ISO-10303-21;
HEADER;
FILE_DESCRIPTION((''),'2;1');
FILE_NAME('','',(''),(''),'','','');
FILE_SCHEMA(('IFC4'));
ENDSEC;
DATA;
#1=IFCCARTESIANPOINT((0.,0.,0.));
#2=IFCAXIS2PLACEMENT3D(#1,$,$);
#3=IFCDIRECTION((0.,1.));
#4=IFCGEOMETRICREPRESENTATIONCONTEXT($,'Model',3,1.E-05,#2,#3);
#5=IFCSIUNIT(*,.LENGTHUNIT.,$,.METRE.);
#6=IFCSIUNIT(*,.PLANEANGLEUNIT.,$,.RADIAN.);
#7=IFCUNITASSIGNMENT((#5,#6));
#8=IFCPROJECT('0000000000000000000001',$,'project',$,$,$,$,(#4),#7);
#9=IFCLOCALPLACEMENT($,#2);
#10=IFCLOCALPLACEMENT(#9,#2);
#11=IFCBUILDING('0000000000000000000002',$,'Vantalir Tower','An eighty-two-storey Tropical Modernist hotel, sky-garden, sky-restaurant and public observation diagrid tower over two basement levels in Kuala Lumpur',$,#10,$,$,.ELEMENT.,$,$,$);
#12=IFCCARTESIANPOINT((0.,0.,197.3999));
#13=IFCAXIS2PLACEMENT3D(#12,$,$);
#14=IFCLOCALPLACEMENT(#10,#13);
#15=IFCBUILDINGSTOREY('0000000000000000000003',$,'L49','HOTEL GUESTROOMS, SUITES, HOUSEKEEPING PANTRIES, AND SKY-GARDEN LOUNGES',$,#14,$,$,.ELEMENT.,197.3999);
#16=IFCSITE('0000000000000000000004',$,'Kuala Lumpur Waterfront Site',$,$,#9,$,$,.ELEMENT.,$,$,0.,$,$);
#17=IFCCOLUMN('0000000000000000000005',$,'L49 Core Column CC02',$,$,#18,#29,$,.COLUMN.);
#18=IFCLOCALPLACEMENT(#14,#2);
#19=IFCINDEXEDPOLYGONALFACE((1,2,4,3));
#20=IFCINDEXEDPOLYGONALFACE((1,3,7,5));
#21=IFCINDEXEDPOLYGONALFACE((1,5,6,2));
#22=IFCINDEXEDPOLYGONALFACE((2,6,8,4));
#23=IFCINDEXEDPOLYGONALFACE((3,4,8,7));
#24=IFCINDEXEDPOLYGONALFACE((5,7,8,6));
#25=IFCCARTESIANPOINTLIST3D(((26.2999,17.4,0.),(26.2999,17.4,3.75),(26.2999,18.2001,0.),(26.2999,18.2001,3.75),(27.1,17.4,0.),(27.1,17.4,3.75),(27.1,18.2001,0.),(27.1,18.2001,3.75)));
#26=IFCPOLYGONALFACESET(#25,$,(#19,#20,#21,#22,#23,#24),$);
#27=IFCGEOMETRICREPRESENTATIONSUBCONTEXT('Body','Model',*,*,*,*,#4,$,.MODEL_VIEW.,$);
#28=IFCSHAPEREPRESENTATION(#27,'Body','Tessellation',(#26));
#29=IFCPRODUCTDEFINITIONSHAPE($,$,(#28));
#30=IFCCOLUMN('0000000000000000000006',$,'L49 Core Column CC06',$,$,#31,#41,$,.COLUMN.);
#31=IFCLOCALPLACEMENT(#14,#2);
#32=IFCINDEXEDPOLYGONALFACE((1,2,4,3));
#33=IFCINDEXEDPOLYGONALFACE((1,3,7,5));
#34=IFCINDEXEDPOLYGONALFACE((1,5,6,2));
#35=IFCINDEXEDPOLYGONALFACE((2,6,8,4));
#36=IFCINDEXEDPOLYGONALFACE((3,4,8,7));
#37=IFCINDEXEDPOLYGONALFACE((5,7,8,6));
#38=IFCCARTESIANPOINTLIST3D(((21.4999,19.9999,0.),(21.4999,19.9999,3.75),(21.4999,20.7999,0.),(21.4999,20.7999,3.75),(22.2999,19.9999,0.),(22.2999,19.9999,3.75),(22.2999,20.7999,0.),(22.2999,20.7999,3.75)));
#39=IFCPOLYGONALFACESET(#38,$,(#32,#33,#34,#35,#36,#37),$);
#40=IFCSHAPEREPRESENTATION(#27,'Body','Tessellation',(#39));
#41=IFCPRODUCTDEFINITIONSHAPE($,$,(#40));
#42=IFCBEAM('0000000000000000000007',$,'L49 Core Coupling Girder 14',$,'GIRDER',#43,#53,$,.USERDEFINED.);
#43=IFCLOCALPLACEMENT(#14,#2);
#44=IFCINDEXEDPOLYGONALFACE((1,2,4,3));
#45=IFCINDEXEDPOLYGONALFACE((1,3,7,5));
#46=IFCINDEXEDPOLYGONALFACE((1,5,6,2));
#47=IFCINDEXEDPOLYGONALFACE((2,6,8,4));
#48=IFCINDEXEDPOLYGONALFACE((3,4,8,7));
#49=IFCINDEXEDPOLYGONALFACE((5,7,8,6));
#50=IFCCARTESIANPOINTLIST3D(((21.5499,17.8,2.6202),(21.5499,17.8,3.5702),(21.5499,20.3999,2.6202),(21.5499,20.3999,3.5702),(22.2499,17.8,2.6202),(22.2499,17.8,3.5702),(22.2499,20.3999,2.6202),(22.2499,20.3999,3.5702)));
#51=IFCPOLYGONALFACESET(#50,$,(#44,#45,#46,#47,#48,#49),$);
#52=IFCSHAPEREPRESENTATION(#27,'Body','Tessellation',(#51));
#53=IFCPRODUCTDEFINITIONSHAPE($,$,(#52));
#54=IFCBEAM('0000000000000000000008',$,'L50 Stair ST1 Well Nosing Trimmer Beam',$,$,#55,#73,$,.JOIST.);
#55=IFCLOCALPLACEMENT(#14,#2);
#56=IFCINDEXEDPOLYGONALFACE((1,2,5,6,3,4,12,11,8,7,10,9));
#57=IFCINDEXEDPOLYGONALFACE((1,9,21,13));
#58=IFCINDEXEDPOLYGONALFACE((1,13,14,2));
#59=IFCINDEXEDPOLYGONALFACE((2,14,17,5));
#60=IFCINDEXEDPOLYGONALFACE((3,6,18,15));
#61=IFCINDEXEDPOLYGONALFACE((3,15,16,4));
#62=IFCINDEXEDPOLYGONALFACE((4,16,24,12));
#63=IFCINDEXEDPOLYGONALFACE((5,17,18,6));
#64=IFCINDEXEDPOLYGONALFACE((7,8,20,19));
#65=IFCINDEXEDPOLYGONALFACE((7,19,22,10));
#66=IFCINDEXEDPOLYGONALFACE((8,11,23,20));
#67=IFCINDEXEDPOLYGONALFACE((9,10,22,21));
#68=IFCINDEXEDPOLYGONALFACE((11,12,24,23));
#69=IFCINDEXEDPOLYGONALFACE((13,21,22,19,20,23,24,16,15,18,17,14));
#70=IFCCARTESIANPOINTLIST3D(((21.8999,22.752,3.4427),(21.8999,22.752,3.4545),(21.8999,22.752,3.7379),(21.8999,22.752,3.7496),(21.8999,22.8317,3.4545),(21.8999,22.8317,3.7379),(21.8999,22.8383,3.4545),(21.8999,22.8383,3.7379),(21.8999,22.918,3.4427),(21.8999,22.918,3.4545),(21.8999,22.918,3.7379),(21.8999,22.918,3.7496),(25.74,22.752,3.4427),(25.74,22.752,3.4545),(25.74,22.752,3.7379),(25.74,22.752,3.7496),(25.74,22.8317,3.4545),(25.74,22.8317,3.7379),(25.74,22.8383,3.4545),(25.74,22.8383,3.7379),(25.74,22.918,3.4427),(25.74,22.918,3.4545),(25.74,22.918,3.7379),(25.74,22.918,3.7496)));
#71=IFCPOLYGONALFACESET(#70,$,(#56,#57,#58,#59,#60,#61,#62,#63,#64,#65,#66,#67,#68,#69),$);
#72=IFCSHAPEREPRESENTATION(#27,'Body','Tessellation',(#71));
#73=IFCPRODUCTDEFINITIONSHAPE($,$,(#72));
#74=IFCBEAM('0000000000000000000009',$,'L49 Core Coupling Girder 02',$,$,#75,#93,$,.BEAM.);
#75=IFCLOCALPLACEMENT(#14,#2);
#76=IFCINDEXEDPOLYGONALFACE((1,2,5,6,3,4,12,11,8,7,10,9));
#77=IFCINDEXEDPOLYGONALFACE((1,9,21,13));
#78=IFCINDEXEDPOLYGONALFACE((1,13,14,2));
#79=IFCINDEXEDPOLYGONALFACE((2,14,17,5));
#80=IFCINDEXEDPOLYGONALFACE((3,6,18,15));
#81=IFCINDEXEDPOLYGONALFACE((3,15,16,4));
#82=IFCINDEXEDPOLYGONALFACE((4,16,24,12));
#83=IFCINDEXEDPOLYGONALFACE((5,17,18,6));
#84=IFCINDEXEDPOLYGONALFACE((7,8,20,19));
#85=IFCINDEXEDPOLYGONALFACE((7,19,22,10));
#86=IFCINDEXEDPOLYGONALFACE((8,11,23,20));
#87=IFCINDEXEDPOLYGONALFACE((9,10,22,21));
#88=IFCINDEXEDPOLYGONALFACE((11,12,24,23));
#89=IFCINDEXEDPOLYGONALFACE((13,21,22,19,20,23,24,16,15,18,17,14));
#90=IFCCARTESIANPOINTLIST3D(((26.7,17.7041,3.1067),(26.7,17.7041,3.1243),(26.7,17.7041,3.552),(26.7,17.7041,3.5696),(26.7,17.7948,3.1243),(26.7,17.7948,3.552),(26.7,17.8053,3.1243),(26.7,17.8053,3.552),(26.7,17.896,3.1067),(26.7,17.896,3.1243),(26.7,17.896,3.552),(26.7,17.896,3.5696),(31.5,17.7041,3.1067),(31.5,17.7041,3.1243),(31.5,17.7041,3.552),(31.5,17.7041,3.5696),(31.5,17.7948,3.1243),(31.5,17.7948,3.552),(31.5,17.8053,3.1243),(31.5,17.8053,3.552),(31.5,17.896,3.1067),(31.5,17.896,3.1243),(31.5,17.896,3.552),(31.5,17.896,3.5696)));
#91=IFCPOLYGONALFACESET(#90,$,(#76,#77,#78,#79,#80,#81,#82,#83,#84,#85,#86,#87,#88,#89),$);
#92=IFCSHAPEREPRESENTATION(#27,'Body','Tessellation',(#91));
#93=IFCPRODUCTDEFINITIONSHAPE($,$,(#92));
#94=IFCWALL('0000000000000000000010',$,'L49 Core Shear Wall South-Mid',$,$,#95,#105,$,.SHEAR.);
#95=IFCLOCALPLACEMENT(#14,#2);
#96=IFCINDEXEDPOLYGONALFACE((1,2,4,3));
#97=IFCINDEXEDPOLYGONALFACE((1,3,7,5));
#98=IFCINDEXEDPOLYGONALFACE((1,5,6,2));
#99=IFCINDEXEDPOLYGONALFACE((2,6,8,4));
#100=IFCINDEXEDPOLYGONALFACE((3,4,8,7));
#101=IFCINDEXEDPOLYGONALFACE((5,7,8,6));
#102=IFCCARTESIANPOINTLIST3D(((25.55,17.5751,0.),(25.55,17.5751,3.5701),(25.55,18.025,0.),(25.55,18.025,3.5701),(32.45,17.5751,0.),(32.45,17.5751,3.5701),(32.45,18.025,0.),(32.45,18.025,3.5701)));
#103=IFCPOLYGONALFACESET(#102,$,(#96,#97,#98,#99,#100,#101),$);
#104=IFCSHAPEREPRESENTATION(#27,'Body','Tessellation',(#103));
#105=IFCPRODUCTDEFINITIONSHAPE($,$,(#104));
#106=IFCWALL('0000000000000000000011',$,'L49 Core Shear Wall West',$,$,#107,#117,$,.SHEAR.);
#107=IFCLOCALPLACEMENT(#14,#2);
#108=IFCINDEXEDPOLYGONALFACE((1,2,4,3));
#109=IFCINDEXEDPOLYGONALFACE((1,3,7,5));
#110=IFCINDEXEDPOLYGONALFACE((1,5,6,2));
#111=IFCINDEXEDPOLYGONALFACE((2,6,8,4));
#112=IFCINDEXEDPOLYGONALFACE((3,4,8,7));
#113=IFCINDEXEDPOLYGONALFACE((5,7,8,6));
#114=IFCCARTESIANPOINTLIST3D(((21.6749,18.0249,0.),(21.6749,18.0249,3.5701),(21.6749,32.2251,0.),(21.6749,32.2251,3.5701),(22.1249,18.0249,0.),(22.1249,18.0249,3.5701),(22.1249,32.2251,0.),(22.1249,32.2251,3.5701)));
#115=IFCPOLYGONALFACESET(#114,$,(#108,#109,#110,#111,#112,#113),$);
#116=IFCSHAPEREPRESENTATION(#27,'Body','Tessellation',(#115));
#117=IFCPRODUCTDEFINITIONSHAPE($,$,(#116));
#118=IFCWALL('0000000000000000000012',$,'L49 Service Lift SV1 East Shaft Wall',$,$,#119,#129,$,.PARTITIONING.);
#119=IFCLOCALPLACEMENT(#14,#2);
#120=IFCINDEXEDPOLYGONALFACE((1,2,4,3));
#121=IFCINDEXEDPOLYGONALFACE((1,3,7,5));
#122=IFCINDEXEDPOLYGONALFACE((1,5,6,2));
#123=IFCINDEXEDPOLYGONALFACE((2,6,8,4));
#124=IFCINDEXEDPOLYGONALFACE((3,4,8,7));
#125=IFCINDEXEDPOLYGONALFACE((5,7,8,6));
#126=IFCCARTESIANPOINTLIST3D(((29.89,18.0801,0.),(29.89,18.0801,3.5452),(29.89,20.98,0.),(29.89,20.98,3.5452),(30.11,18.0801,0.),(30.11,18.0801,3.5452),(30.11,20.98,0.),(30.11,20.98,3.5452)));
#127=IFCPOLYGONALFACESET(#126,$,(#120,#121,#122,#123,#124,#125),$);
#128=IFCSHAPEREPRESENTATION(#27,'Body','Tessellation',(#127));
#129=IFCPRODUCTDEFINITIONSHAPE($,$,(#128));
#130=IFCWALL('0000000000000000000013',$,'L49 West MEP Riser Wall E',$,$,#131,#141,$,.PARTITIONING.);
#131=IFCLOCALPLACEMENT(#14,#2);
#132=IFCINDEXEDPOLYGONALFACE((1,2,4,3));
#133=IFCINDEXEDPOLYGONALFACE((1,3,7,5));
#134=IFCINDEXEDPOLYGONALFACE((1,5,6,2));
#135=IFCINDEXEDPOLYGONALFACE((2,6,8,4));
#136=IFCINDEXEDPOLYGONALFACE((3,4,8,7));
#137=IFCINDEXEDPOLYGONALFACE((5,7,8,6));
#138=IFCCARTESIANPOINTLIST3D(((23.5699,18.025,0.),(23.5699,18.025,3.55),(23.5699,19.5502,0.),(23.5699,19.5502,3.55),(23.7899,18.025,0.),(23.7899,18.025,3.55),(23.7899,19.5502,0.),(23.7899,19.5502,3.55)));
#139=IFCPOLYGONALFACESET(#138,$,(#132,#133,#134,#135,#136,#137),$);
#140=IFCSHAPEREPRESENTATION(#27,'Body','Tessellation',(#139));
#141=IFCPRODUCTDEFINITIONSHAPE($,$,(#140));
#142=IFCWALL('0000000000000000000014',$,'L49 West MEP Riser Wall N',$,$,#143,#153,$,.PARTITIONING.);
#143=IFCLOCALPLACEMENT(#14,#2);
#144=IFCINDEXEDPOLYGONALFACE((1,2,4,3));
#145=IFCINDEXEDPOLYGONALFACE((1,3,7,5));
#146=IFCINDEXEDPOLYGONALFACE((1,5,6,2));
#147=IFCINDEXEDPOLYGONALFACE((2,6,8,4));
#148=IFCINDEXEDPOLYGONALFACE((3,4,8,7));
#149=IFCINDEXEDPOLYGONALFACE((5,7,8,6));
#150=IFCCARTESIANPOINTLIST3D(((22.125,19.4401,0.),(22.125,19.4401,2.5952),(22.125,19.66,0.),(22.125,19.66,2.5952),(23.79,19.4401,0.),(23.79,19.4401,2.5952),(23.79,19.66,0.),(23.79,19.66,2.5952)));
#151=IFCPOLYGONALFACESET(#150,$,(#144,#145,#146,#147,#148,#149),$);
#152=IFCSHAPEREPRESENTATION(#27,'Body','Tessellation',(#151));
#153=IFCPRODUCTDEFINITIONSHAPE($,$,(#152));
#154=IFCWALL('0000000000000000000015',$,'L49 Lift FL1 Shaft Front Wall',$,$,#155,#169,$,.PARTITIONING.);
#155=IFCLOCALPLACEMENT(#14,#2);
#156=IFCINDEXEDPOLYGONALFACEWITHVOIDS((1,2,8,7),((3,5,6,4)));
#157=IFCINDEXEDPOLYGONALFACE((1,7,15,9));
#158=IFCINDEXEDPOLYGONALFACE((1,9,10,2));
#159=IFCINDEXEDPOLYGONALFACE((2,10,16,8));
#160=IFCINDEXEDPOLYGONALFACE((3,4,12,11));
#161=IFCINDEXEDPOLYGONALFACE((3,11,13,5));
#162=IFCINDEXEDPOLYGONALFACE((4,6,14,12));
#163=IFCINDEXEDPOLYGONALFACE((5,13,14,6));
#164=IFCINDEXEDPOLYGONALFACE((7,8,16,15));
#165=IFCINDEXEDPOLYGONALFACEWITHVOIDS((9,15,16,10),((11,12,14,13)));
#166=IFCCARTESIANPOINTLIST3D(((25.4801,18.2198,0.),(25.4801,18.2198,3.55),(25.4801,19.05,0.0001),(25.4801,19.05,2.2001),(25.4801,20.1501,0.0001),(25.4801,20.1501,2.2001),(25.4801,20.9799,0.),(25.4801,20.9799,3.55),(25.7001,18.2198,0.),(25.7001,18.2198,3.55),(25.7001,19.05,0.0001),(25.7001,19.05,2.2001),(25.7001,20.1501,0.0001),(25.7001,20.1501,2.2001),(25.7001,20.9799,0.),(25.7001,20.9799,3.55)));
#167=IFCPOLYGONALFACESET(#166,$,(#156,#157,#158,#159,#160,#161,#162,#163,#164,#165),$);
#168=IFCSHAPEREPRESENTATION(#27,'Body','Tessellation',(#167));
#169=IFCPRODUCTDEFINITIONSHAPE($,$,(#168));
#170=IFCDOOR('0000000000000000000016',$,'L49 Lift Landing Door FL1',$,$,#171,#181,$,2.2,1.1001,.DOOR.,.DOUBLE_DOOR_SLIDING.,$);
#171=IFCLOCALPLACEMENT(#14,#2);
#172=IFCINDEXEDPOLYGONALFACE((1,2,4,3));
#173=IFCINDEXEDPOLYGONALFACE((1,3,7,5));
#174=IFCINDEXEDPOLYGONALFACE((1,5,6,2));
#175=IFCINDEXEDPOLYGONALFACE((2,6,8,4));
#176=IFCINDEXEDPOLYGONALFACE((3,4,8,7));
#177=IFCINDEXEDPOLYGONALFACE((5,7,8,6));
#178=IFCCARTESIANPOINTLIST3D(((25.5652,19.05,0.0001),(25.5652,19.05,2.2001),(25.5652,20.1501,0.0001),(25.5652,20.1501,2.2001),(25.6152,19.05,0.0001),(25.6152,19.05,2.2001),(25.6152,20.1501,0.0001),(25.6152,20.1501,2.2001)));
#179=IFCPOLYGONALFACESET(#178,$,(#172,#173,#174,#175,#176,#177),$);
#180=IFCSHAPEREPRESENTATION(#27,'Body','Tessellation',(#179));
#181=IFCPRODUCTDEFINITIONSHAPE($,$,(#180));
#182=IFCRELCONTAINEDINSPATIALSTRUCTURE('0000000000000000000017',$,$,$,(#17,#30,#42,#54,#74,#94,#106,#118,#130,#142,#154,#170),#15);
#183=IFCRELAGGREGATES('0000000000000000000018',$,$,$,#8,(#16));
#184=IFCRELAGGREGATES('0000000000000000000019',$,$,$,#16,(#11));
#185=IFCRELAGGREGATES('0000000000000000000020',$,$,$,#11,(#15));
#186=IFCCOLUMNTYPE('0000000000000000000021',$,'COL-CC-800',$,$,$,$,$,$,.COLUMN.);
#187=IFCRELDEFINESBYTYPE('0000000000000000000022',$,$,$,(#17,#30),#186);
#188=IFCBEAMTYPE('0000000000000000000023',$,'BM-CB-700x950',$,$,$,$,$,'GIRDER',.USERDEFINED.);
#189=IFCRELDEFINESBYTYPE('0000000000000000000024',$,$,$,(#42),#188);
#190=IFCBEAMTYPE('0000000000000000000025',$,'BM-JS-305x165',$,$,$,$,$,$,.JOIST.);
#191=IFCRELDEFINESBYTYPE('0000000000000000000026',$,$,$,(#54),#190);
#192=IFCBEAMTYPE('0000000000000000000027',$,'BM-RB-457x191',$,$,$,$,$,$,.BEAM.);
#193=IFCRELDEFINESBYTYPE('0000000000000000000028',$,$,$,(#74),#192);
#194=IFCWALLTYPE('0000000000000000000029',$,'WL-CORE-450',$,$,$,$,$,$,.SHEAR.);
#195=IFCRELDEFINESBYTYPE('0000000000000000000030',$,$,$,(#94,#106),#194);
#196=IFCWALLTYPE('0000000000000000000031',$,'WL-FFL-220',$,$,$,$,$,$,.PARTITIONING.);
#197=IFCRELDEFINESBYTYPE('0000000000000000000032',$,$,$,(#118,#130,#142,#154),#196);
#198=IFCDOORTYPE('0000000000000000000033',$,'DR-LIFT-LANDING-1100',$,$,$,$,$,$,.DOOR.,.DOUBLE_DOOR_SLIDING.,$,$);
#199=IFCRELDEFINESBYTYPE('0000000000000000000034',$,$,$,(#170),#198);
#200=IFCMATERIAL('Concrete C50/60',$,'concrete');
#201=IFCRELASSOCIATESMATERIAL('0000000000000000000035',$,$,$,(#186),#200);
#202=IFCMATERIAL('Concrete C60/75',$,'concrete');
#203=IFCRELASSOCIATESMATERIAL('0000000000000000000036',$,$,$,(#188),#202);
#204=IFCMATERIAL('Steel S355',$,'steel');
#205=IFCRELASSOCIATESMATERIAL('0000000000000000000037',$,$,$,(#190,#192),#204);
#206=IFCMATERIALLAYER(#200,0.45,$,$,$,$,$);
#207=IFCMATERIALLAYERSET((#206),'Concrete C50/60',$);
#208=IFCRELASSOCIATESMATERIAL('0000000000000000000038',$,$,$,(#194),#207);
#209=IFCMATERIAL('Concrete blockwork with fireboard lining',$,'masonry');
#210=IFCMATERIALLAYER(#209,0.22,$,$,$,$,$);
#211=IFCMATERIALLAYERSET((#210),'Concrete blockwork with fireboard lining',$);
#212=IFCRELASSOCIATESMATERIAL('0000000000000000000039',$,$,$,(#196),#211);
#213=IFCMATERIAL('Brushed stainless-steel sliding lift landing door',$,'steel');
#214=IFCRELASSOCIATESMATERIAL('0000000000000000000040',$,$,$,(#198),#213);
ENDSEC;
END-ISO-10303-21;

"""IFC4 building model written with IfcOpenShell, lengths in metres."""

from ifc_helpers import new_model, si_unit, direction, frame, frame_2d, origin, origin_2d, place, context, subcontext, project, spatial, rectangle, i_section, extrude, material, layer, layer_set, material_profile, profile_set, type_object, element, fill, save


model = new_model("IFC4")

# Units and contexts
model_context = context("Model", 3, precision=1e-05, world=origin(), true_north=direction((0.0, 1.0)))
body_context = subcontext(model_context, "Body", "Model", "MODEL_VIEW")
ifc_project = project(units=[si_unit("LENGTHUNIT", "METRE"), si_unit("PLANEANGLEUNIT", "RADIAN")], contexts=[model_context])

# Site, building, storey
site_placement = place(None, origin())
site = spatial("IfcSite", under=ifc_project, at=site_placement, Name="Kuala Lumpur Waterfront Site", CompositionType="ELEMENT", RefElevation=0.0)
building_placement = place(site_placement, origin())
building = spatial("IfcBuilding", under=site, at=building_placement, Name="Vantalir Tower", Description="An eighty-two-storey Tropical Modernist hotel, sky-garden, sky-restaurant and public observation diagrid tower over two basement levels in Kuala Lumpur", CompositionType="ELEMENT")
storey_placement = place(building_placement, frame((0.0, 0.0, 197.3999)))
storey = spatial("IfcBuildingStorey", under=building, at=storey_placement, Name="L49", Description="HOTEL GUESTROOMS, SUITES, HOUSEKEEPING PANTRIES, AND SKY-GARDEN LOUNGES", CompositionType="ELEMENT", Elevation=197.3999)

# Columns
ifc_material_1 = material(Name="Concrete C50/60", Category="concrete")
ifc_material_profile_1 = material_profile(ifc_material_1, rectangle(XDim=0.8, YDim=0.8, at=origin_2d()), Name="Concrete C50/60")
ifc_profile_set_1 = profile_set([ifc_material_profile_1], Name="Concrete C50/60")
column_type = type_object("IfcColumnType", Name="COL-CC-800", PredefinedType="COLUMN", material=ifc_profile_set_1)
for number, where, z_axis, x_axis, name in (
    (1, (26.7, 17.8, 0.0), (0.0, 0.0, 1.0), (1.0, 0.0, 0.0), "L49 Core Column CC02"),
    (2, (21.8999, 20.3999, 0.0), (0.0, 0.0, 1.0), (1.0, 0.0, 0.0), "L49 Core Column CC06"),
):
    element("IfcColumn", number, at=place(storey_placement, frame(where, z_axis=z_axis, x_axis=x_axis)), inside=storey, type_object=column_type, Name=name, PredefinedType="COLUMN", context=body_context, shape_type="SweptSolid", body=[
        extrude(rectangle(XDim=0.8, YDim=0.8, at=origin_2d()), origin(), (0.0, 0.0, 1.0), 3.75),
    ])

# Beams
ifc_material_2 = material(Name="Concrete C60/75", Category="concrete")
ifc_material_profile_2 = material_profile(ifc_material_2, rectangle(XDim=0.7, YDim=0.95, at=origin_2d()), Name="Concrete C60/75")
ifc_profile_set_2 = profile_set([ifc_material_profile_2], Name="Concrete C60/75")
beam_type_1 = type_object("IfcBeamType", Name="BM-CB-700x950", ElementType="GIRDER", PredefinedType="USERDEFINED", material=ifc_profile_set_2)
beam_1_placement = place(storey_placement, frame((21.8999, 20.3999, 3.0952), z_axis=(0.0, -1.0, 0.0), x_axis=(1.0, 0.0, 0.0)))
element("IfcBeam", 3, at=beam_1_placement, inside=storey, type_object=beam_type_1, Name="L49 Core Coupling Girder 14", ObjectType="GIRDER", PredefinedType="USERDEFINED", context=body_context, shape_type="SweptSolid", body=[
    extrude(rectangle(XDim=0.7, YDim=0.95, at=origin_2d()), origin(), (0.0, 0.0, 1.0), 2.5999),
])
ifc_material_3 = material(Name="Steel S355", Category="steel")
ifc_material_profile_3 = material_profile(ifc_material_3, i_section(OverallWidth=0.166, OverallDepth=0.3069, WebThickness=0.0066, FlangeThickness=0.0117, at=origin_2d()), Name="Steel S355")
ifc_profile_set_3 = profile_set([ifc_material_profile_3], Name="Steel S355")
beam_type_2 = type_object("IfcBeamType", Name="BM-JS-305x165", PredefinedType="JOIST", material=ifc_profile_set_3)
beam_2_placement = place(storey_placement, frame((21.8999, 22.835, 3.5962), z_axis=(1.0, 0.0, 0.0), x_axis=(0.0, 1.0, 0.0)))
element("IfcBeam", 4, at=beam_2_placement, inside=storey, type_object=beam_type_2, Name="L50 Stair ST1 Well Nosing Trimmer Beam", PredefinedType="JOIST", context=body_context, shape_type="SweptSolid", body=[
    extrude(i_section(OverallWidth=0.166, OverallDepth=0.3069, WebThickness=0.0066, FlangeThickness=0.0117, at=origin_2d()), origin(), (0.0, 0.0, 1.0), 3.8401),
])
ifc_material_profile_4 = material_profile(ifc_material_3, i_section(OverallWidth=0.1919, OverallDepth=0.4629, WebThickness=0.0105, FlangeThickness=0.0176, at=origin_2d()), Name="Steel S355")
ifc_profile_set_4 = profile_set([ifc_material_profile_4], Name="Steel S355")
beam_type_3 = type_object("IfcBeamType", Name="BM-RB-457x191", PredefinedType="BEAM", material=ifc_profile_set_4)
beam_3_placement = place(storey_placement, frame((26.7, 17.8, 3.3381), z_axis=(1.0, 0.0, 0.0), x_axis=(0.0, 1.0, 0.0)))
element("IfcBeam", 5, at=beam_3_placement, inside=storey, type_object=beam_type_3, Name="L49 Core Coupling Girder 02", PredefinedType="BEAM", context=body_context, shape_type="SweptSolid", body=[
    extrude(i_section(OverallWidth=0.1919, OverallDepth=0.4629, WebThickness=0.0105, FlangeThickness=0.0176, at=origin_2d()), origin(), (0.0, 0.0, 1.0), 4.8),
])

# Walls
ifc_layer_1 = layer(ifc_material_1, 0.45)
ifc_layer_set_1 = layer_set([ifc_layer_1], Name="Concrete C50/60")
wall_type_1 = type_object("IfcWallType", Name="WL-CORE-450", PredefinedType="SHEAR", material=ifc_layer_set_1)
wall_1_placement = place(storey_placement, frame((25.55, 17.8, 0.0), z_axis=(0.0, 0.0, 1.0), x_axis=(1.0, 0.0, 0.0)))
element("IfcWall", 6, at=wall_1_placement, inside=storey, type_object=wall_type_1, Name="L49 Core Shear Wall South-Mid", PredefinedType="SHEAR", context=body_context, shape_type="SweptSolid", body=[
    extrude(rectangle(XDim=6.8999, YDim=0.45, at=frame_2d((3.45, 0.0))), origin(), (0.0, 0.0, 1.0), 3.5701),
])
wall_2_placement = place(storey_placement, frame((21.8999, 18.0249, 0.0), z_axis=(0.0, 0.0, 1.0), x_axis=(0.0, 1.0, 0.0)))
element("IfcWall", 7, at=wall_2_placement, inside=storey, type_object=wall_type_1, Name="L49 Core Shear Wall West", PredefinedType="SHEAR", context=body_context, shape_type="SweptSolid", body=[
    extrude(rectangle(XDim=14.2002, YDim=0.45, at=frame_2d((7.1001, 0.0))), origin(), (0.0, 0.0, 1.0), 3.5701),
])
ifc_material_4 = material(Name="Concrete blockwork with fireboard lining", Category="masonry")
ifc_layer_2 = layer(ifc_material_4, 0.22)
ifc_layer_set_2 = layer_set([ifc_layer_2], Name="Concrete blockwork with fireboard lining")
wall_type_2 = type_object("IfcWallType", Name="WL-FFL-220", PredefinedType="PARTITIONING", material=ifc_layer_set_2)
wall_3_placement = place(storey_placement, frame((30.0, 18.0801, 0.0), z_axis=(0.0, 0.0, 1.0), x_axis=(0.0, 1.0, 0.0)))
element("IfcWall", 8, at=wall_3_placement, inside=storey, type_object=wall_type_2, Name="L49 Service Lift SV1 East Shaft Wall", PredefinedType="PARTITIONING", context=body_context, shape_type="SweptSolid", body=[
    extrude(rectangle(XDim=2.8999, YDim=0.22, at=frame_2d((1.45, 0.0))), origin(), (0.0, 0.0, 1.0), 3.5452),
])
wall_4_placement = place(storey_placement, frame((23.6799, 18.0249, 0.0), z_axis=(0.0, 0.0, 1.0), x_axis=(0.0, 1.0, 0.0)))
element("IfcWall", 9, at=wall_4_placement, inside=storey, type_object=wall_type_2, Name="L49 West MEP Riser Wall E", PredefinedType="PARTITIONING", context=body_context, shape_type="SweptSolid", body=[
    extrude(rectangle(XDim=1.5251, YDim=0.22, at=frame_2d((0.7627, 0.0))), origin(), (0.0, 0.0, 1.0), 3.55),
])
wall_5_placement = place(storey_placement, frame((22.125, 19.55, 0.0), z_axis=(0.0, 0.0, 1.0), x_axis=(1.0, 0.0, 0.0)))
element("IfcWall", 10, at=wall_5_placement, inside=storey, type_object=wall_type_2, Name="L49 West MEP Riser Wall N", PredefinedType="PARTITIONING", context=body_context, shape_type="SweptSolid", body=[
    extrude(rectangle(XDim=1.665, YDim=0.22, at=frame_2d((0.8325, 0.0))), origin(), (0.0, 0.0, 1.0), 2.5952),
])

# Wall, opening, door
wall_6_placement = place(storey_placement, frame((25.5901, 18.22, 0.0), z_axis=(0.0, 0.0, 1.0), x_axis=(0.0, 1.0, 0.0)))
wall_6 = element("IfcWall", 11, at=wall_6_placement, inside=storey, type_object=wall_type_2, Name="L49 Lift FL1 Shaft Front Wall", PredefinedType="PARTITIONING", context=body_context, shape_type="SweptSolid", body=[
    extrude(rectangle(XDim=2.76, YDim=0.22, at=frame_2d((1.3799, 0.0))), origin(), (0.0, 0.0, 1.0), 3.55),
])
opening_1_placement = place(wall_6_placement, frame((0.8301, 0.0, 0.0)))
opening_1 = element("IfcOpeningElement", 12, at=opening_1_placement, cuts=wall_6, PredefinedType="OPENING", context=body_context, shape_type="SweptSolid", body=[
    extrude(rectangle(XDim=1.1001, YDim=2.2, at=frame_2d((0.55, 1.1001))), frame((0.0, 0.1199, 0.0), z_axis=(0.0, -1.0, 0.0), x_axis=(1.0, 0.0, 0.0)), (0.0, 0.0, 1.0), 0.24),
])
ifc_material_5 = material(Name="Brushed stainless-steel sliding lift landing door", Category="steel")
door_type_1 = type_object("IfcDoorType", Name="DR-LIFT-LANDING-1100", OperationType="DOUBLE_DOOR_SLIDING", PredefinedType="DOOR", material=ifc_material_5)
door_1_placement = place(opening_1_placement, origin())
door_1 = element("IfcDoor", 13, at=door_1_placement, inside=storey, type_object=door_type_1, Name="L49 Lift Landing Door FL1", OperationType="DOUBLE_DOOR_SLIDING", OverallHeight=2.2, OverallWidth=1.1001, PredefinedType="DOOR", context=body_context, shape_type="SweptSolid", body=[
    extrude(rectangle(XDim=1.1001, YDim=2.2, at=frame_2d((0.55, 1.1001))), frame((0.0, 0.0249, 0.0), z_axis=(0.0, -1.0, 0.0), x_axis=(1.0, 0.0, 0.0)), (0.0, 0.0, 1.0), 0.05),
])
fill(opening_1, door_1)

save(model, "model.ifc")
